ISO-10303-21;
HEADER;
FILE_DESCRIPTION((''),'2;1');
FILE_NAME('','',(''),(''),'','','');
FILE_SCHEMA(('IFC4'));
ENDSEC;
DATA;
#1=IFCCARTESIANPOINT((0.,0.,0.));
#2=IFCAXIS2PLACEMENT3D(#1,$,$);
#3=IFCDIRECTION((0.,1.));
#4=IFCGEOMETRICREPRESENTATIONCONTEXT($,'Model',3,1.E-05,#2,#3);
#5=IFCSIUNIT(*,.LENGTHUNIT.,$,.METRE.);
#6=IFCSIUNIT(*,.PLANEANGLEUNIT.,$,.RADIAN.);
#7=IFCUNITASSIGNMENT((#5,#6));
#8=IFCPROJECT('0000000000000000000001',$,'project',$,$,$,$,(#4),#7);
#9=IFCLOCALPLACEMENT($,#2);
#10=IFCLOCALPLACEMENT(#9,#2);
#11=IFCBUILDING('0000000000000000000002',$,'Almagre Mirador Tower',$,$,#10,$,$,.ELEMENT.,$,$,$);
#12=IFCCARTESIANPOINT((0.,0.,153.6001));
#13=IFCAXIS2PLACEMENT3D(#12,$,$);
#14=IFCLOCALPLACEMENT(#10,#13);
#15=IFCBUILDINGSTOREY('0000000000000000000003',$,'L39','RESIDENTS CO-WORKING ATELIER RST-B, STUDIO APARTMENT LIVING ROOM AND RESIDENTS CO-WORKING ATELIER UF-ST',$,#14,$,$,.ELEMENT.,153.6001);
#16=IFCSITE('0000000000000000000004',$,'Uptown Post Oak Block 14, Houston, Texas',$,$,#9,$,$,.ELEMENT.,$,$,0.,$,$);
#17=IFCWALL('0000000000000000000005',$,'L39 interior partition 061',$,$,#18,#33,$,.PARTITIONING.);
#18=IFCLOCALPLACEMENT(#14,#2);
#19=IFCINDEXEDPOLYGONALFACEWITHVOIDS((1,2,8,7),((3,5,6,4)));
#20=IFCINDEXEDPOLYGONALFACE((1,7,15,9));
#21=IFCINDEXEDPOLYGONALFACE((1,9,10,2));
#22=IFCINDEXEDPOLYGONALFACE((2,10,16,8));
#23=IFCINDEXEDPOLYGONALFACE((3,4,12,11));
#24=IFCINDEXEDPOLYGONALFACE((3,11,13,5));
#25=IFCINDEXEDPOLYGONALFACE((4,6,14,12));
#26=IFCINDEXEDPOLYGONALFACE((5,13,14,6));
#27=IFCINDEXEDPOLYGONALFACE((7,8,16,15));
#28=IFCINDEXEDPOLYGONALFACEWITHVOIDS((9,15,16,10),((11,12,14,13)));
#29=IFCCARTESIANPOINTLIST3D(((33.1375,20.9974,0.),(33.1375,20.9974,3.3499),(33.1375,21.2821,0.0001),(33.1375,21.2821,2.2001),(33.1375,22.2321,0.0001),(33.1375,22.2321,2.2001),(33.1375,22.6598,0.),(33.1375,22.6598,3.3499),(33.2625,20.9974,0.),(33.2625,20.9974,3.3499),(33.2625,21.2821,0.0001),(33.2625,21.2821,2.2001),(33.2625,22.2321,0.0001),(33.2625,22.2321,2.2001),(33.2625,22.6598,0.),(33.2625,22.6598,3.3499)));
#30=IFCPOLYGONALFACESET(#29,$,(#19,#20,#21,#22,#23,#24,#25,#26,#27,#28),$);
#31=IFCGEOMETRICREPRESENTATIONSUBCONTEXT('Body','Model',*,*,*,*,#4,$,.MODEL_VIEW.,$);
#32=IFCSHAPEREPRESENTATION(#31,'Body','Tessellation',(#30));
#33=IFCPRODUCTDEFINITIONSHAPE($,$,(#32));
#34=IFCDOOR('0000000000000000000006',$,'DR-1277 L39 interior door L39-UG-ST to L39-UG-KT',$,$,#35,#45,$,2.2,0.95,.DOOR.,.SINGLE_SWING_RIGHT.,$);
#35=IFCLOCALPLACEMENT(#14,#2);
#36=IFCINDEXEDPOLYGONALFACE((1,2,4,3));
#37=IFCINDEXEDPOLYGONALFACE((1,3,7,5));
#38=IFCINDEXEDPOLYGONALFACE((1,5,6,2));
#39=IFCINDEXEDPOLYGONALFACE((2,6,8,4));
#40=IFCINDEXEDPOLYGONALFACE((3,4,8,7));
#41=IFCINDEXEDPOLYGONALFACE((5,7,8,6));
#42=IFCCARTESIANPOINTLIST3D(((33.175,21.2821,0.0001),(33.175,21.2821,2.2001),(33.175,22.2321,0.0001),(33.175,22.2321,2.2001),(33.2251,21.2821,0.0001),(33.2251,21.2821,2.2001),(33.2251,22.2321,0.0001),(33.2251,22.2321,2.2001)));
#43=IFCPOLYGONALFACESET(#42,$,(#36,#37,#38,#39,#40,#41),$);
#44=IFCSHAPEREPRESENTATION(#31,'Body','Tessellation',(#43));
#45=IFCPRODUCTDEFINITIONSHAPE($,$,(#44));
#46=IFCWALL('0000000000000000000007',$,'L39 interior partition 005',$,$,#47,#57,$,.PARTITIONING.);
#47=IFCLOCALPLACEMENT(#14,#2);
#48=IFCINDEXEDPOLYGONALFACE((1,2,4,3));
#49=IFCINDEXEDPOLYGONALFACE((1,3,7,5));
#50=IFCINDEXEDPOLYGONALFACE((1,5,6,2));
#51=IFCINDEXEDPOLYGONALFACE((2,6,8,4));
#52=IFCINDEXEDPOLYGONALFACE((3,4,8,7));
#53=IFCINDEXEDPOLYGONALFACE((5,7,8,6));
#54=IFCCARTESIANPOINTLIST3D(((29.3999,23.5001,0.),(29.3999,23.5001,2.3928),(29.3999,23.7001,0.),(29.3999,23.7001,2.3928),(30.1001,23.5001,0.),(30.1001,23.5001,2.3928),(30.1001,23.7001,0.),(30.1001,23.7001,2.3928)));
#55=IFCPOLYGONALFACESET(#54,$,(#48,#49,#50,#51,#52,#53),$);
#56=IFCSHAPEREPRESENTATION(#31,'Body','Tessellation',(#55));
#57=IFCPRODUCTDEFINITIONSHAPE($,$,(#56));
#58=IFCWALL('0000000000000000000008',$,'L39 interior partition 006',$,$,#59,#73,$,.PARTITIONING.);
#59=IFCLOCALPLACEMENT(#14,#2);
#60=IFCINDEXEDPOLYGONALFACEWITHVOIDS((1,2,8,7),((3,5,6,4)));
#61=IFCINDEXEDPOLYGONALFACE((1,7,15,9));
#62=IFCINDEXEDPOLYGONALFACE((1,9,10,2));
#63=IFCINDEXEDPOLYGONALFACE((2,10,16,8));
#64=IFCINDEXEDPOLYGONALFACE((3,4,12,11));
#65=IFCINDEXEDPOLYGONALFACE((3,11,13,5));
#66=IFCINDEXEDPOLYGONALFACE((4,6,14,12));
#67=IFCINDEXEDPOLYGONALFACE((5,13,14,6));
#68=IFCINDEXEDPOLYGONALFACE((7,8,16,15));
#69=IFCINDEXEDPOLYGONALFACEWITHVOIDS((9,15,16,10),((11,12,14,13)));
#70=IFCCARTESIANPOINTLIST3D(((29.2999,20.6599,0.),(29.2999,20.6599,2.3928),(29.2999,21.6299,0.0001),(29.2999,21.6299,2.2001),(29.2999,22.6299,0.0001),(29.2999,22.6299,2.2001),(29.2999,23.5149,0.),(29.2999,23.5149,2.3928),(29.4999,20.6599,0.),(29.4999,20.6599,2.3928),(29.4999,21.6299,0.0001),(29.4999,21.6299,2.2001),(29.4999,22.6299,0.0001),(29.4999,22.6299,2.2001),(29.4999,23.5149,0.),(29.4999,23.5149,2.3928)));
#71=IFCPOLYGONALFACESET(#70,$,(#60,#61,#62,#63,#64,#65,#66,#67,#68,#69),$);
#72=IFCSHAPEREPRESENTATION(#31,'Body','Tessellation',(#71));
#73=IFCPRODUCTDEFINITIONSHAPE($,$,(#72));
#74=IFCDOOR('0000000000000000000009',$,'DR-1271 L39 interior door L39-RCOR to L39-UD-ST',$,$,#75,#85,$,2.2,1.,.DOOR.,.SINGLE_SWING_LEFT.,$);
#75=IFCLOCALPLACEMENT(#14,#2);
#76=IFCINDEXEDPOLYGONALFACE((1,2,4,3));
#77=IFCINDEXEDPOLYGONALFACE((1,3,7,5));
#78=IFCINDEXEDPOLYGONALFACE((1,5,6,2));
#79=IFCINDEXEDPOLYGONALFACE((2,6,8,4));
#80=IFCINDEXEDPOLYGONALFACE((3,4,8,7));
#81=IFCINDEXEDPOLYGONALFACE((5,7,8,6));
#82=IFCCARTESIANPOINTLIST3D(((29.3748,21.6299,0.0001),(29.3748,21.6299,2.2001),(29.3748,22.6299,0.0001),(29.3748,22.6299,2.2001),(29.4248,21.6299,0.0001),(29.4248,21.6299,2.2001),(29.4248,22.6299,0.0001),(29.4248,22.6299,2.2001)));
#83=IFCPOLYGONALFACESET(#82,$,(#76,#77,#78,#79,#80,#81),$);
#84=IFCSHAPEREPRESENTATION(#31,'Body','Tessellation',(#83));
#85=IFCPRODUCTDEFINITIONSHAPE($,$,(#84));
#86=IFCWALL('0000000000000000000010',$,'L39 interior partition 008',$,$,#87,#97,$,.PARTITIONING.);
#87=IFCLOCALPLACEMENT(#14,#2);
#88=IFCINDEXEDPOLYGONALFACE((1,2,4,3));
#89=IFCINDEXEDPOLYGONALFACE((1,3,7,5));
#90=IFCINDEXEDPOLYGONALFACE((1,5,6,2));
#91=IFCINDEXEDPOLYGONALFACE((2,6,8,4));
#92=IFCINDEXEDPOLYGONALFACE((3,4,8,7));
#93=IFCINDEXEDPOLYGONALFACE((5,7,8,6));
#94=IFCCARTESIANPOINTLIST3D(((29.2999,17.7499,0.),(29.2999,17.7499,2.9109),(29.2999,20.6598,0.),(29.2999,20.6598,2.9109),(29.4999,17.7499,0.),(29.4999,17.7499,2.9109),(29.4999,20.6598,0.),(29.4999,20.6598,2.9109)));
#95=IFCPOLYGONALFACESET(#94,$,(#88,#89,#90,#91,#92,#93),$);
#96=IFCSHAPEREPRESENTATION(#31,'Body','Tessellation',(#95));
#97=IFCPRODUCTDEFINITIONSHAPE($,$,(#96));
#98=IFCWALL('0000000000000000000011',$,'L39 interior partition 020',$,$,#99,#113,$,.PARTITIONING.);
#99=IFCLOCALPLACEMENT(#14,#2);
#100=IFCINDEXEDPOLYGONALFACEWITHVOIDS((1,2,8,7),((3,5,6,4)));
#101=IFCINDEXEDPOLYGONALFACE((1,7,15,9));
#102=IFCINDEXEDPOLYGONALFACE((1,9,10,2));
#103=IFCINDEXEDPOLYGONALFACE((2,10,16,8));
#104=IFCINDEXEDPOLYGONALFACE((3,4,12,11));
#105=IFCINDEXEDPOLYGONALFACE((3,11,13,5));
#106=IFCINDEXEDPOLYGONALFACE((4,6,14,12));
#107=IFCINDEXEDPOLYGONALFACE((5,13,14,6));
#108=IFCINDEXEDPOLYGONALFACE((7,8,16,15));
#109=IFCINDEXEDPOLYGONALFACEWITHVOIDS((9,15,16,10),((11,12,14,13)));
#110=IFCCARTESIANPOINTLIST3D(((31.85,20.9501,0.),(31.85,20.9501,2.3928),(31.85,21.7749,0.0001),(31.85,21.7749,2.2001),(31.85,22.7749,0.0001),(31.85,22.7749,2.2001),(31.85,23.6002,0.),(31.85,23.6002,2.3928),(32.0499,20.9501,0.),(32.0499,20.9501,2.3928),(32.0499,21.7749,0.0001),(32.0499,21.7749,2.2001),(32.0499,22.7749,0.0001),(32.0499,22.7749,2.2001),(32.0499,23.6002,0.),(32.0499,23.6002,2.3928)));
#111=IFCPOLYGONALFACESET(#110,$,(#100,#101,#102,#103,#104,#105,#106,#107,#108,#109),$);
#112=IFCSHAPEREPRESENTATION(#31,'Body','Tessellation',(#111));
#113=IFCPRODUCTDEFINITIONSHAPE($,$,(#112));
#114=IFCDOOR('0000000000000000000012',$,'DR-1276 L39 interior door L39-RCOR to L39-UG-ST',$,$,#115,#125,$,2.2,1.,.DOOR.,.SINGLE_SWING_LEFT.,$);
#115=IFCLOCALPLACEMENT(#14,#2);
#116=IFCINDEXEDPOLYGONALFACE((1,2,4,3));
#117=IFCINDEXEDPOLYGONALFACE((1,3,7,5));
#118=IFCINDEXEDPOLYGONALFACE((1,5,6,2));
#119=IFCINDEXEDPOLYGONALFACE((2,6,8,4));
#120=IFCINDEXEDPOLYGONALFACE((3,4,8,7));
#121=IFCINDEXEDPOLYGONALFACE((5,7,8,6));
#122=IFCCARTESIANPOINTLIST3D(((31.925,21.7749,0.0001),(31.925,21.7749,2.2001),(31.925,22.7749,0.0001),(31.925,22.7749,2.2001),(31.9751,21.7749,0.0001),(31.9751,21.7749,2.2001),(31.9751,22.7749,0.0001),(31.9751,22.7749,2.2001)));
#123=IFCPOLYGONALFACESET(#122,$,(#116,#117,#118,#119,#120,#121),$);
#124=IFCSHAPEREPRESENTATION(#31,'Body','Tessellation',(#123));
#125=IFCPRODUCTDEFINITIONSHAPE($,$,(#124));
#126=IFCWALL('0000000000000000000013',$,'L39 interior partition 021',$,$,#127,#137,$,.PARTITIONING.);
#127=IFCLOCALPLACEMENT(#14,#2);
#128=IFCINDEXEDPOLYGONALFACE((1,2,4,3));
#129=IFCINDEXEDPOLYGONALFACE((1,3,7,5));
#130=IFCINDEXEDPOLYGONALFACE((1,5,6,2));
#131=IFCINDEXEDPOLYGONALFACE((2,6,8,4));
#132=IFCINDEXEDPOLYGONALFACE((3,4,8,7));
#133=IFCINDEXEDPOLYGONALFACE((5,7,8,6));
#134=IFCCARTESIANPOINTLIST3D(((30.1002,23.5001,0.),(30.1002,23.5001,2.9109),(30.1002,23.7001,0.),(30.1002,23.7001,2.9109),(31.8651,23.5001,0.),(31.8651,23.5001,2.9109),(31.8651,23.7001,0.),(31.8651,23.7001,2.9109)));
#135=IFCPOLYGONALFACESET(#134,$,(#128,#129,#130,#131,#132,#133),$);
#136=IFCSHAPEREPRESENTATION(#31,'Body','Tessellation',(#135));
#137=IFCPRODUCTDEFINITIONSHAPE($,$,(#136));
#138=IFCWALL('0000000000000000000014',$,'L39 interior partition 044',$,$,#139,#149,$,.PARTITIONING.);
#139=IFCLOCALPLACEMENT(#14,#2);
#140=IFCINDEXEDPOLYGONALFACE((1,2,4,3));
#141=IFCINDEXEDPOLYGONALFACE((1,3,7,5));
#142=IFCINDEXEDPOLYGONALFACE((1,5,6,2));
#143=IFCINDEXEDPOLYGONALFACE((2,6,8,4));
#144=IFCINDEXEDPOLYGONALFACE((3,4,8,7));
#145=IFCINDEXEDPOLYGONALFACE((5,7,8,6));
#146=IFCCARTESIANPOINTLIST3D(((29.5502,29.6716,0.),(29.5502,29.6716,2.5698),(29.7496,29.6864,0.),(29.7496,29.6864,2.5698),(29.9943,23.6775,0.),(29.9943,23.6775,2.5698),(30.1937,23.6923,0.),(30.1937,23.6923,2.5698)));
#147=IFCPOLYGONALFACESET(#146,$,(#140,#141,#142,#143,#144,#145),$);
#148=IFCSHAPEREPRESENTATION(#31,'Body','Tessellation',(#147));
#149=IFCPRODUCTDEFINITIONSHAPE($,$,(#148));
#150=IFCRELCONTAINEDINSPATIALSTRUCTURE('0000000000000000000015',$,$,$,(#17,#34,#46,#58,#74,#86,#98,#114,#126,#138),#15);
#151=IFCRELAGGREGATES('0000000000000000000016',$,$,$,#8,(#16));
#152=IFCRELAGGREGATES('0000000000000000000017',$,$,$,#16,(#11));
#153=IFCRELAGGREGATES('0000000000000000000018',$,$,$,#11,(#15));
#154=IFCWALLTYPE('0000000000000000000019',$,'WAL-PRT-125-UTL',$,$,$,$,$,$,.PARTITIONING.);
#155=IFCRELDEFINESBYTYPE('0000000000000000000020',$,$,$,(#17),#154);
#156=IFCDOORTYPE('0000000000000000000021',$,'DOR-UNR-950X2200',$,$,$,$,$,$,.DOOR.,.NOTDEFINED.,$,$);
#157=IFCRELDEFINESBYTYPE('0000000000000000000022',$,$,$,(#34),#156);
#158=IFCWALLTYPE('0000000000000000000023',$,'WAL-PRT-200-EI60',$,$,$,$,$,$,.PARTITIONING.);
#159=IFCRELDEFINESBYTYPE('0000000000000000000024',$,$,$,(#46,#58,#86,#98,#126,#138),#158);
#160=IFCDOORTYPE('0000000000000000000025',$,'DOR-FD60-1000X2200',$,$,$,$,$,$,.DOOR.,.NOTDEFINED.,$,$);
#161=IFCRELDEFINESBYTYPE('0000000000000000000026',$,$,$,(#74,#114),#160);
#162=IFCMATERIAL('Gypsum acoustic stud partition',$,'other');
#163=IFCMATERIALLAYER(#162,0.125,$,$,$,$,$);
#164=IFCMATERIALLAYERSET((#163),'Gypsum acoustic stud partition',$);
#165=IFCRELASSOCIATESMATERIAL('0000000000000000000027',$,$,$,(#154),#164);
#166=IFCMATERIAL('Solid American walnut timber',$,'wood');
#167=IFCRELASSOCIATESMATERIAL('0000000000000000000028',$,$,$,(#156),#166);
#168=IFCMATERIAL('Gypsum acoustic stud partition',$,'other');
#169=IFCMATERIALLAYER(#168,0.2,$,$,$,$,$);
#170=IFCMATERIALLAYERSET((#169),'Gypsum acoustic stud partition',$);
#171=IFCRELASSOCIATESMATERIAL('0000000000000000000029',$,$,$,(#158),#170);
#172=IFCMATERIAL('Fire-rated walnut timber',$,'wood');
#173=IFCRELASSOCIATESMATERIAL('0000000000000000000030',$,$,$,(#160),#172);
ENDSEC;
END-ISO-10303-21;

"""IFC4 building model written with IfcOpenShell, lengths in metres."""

from ifc_helpers import new_model, si_unit, direction, frame, frame_2d, origin, place, context, subcontext, project, spatial, rectangle, extrude, material, layer, layer_set, type_object, element, fill, save


model = new_model("IFC4")

# Units and contexts
model_context = context("Model", 3, precision=1e-05, world=origin(), true_north=direction((0.0, 1.0)))
body_context = subcontext(model_context, "Body", "Model", "MODEL_VIEW")
ifc_project = project(units=[si_unit("LENGTHUNIT", "METRE"), si_unit("PLANEANGLEUNIT", "RADIAN")], contexts=[model_context])

# Site, building, storey
site_placement = place(None, origin())
site = spatial("IfcSite", under=ifc_project, at=site_placement, Name="Uptown Post Oak Block 14, Houston, Texas", CompositionType="ELEMENT", RefElevation=0.0)
building_placement = place(site_placement, origin())
building = spatial("IfcBuilding", under=site, at=building_placement, Name="Almagre Mirador Tower", CompositionType="ELEMENT")
storey_placement = place(building_placement, frame((0.0, 0.0, 153.6001)))
storey = spatial("IfcBuildingStorey", under=building, at=storey_placement, Name="L39", Description="RESIDENTS CO-WORKING ATELIER RST-B, STUDIO APARTMENT LIVING ROOM AND RESIDENTS CO-WORKING ATELIER UF-ST", CompositionType="ELEMENT", Elevation=153.6001)

# Shared definitions
ifc_material_1 = material(Name="Gypsum acoustic stud partition", Category="other")
ifc_layer_1 = layer(ifc_material_1, 0.125)
ifc_layer_set_1 = layer_set([ifc_layer_1], Name="Gypsum acoustic stud partition")
wall_type_1 = type_object("IfcWallType", Name="WAL-PRT-125-UTL", PredefinedType="PARTITIONING", material=ifc_layer_set_1)

# Wall, opening, door
wall_1_placement = place(storey_placement, frame((33.2, 20.9976, 0.0), z_axis=(0.0, 0.0, 1.0), x_axis=(0.0, 1.0, 0.0)))
wall_1 = element("IfcWall", 1, at=wall_1_placement, inside=storey, type_object=wall_type_1, Name="L39 interior partition 061", PredefinedType="PARTITIONING", context=body_context, shape_type="SweptSolid", body=[
    extrude(rectangle(XDim=1.6624, YDim=0.125, at=frame_2d((0.8311, 0.0))), origin(), (0.0, 0.0, 1.0), 3.3499),
])
opening_1_placement = place(wall_1_placement, frame((0.2844, 0.0, 0.0)))
opening_1 = element("IfcOpeningElement", 2, at=opening_1_placement, cuts=wall_1, PredefinedType="OPENING", context=body_context, shape_type="SweptSolid", body=[
    extrude(rectangle(XDim=0.95, YDim=2.2, at=frame_2d((0.4751, 1.1001))), frame((0.0, 0.0725, 0.0), z_axis=(0.0, -1.0, 0.0), x_axis=(1.0, 0.0, 0.0)), (0.0, 0.0, 1.0), 0.145),
])
ifc_material_2 = material(Name="Solid American walnut timber", Category="wood")
door_type_1 = type_object("IfcDoorType", Name="DOR-UNR-950X2200", OperationType="NOTDEFINED", PredefinedType="DOOR", material=ifc_material_2)
door_1_placement = place(opening_1_placement, origin())
door_1 = element("IfcDoor", 3, at=door_1_placement, inside=storey, type_object=door_type_1, Name="DR-1277 L39 interior door L39-UG-ST to L39-UG-KT", OperationType="SINGLE_SWING_RIGHT", OverallHeight=2.2, OverallWidth=0.95, PredefinedType="DOOR", context=body_context, shape_type="SweptSolid", body=[
    extrude(rectangle(XDim=0.95, YDim=2.2, at=frame_2d((0.4751, 1.1001))), frame((0.0, 0.0249, 0.0), z_axis=(0.0, -1.0, 0.0), x_axis=(1.0, 0.0, 0.0)), (0.0, 0.0, 1.0), 0.05),
])
fill(opening_1, door_1)

# Wall
ifc_material_3 = material(Name="Gypsum acoustic stud partition", Category="other")
ifc_layer_2 = layer(ifc_material_3, 0.2)
ifc_layer_set_2 = layer_set([ifc_layer_2], Name="Gypsum acoustic stud partition")
wall_type_2 = type_object("IfcWallType", Name="WAL-PRT-200-EI60", PredefinedType="PARTITIONING", material=ifc_layer_set_2)
wall_2_placement = place(storey_placement, frame((30.1001, 23.6001, 0.0), z_axis=(0.0, 0.0, 1.0), x_axis=(-1.0, 0.0, 0.0)))
element("IfcWall", 4, at=wall_2_placement, inside=storey, type_object=wall_type_2, Name="L39 interior partition 005", PredefinedType="PARTITIONING", context=body_context, shape_type="SweptSolid", body=[
    extrude(rectangle(XDim=0.7002, YDim=0.2, at=frame_2d((0.3501, 0.0))), origin(), (0.0, 0.0, 1.0), 2.3928),
])

# Wall, opening, door
wall_3_placement = place(storey_placement, frame((29.3999, 23.5149, 0.0), z_axis=(0.0, 0.0, 1.0), x_axis=(0.0, -1.0, 0.0)))
wall_3 = element("IfcWall", 5, at=wall_3_placement, inside=storey, type_object=wall_type_2, Name="L39 interior partition 006", PredefinedType="PARTITIONING", context=body_context, shape_type="SweptSolid", body=[
    extrude(rectangle(XDim=2.855, YDim=0.2, at=frame_2d((1.4275, 0.0))), origin(), (0.0, 0.0, 1.0), 2.3928),
])
opening_2_placement = place(wall_3_placement, frame((0.885, 0.0, 0.0)))
opening_2 = element("IfcOpeningElement", 6, at=opening_2_placement, cuts=wall_3, PredefinedType="OPENING", context=body_context, shape_type="SweptSolid", body=[
    extrude(rectangle(XDim=1.0, YDim=2.2, at=frame_2d((0.5, 1.1001))), frame((0.0, 0.1101, 0.0), z_axis=(0.0, -1.0, 0.0), x_axis=(1.0, 0.0, 0.0)), (0.0, 0.0, 1.0), 0.22),
])
ifc_material_4 = material(Name="Fire-rated walnut timber", Category="wood")
door_type_2 = type_object("IfcDoorType", Name="DOR-FD60-1000X2200", OperationType="NOTDEFINED", PredefinedType="DOOR", material=ifc_material_4)
door_2_placement = place(opening_2_placement, origin())
door_2 = element("IfcDoor", 7, at=door_2_placement, inside=storey, type_object=door_type_2, Name="DR-1271 L39 interior door L39-RCOR to L39-UD-ST", OperationType="SINGLE_SWING_LEFT", OverallHeight=2.2, OverallWidth=1.0, PredefinedType="DOOR", context=body_context, shape_type="SweptSolid", body=[
    extrude(rectangle(XDim=1.0, YDim=2.2, at=frame_2d((0.5, 1.1001))), frame((0.0, 0.0249, 0.0), z_axis=(0.0, -1.0, 0.0), x_axis=(1.0, 0.0, 0.0)), (0.0, 0.0, 1.0), 0.05),
])
fill(opening_2, door_2)

# Wall
wall_4_placement = place(storey_placement, frame((29.3999, 20.6599, 0.0), z_axis=(0.0, 0.0, 1.0), x_axis=(0.0, -1.0, 0.0)))
element("IfcWall", 8, at=wall_4_placement, inside=storey, type_object=wall_type_2, Name="L39 interior partition 008", PredefinedType="PARTITIONING", context=body_context, shape_type="SweptSolid", body=[
    extrude(rectangle(XDim=2.9099, YDim=0.2, at=frame_2d((1.4551, 0.0))), origin(), (0.0, 0.0, 1.0), 2.9109),
])

# Wall, opening, door
wall_5_placement = place(storey_placement, frame((31.95, 20.95, 0.0), z_axis=(0.0, 0.0, 1.0), x_axis=(0.0, 1.0, 0.0)))
wall_5 = element("IfcWall", 9, at=wall_5_placement, inside=storey, type_object=wall_type_2, Name="L39 interior partition 020", PredefinedType="PARTITIONING", context=body_context, shape_type="SweptSolid", body=[
    extrude(rectangle(XDim=2.6501, YDim=0.2, at=frame_2d((1.3252, 0.0))), origin(), (0.0, 0.0, 1.0), 2.3928),
])
opening_3_placement = place(wall_5_placement, frame((0.825, 0.0, 0.0)))
opening_3 = element("IfcOpeningElement", 10, at=opening_3_placement, cuts=wall_5, PredefinedType="OPENING", context=body_context, shape_type="SweptSolid", body=[
    extrude(rectangle(XDim=1.0, YDim=2.2, at=frame_2d((0.5, 1.1001))), frame((0.0, 0.1101, 0.0), z_axis=(0.0, -1.0, 0.0), x_axis=(1.0, 0.0, 0.0)), (0.0, 0.0, 1.0), 0.22),
])
door_3_placement = place(opening_3_placement, origin())
door_3 = element("IfcDoor", 11, at=door_3_placement, inside=storey, type_object=door_type_2, Name="DR-1276 L39 interior door L39-RCOR to L39-UG-ST", OperationType="SINGLE_SWING_LEFT", OverallHeight=2.2, OverallWidth=1.0, PredefinedType="DOOR", context=body_context, shape_type="SweptSolid", body=[
    extrude(rectangle(XDim=1.0, YDim=2.2, at=frame_2d((0.5, 1.1001))), frame((0.0, 0.0249, 0.0), z_axis=(0.0, -1.0, 0.0), x_axis=(1.0, 0.0, 0.0)), (0.0, 0.0, 1.0), 0.05),
])
fill(opening_3, door_3)

# Walls
wall_6_placement = place(storey_placement, frame((31.865, 23.6001, 0.0), z_axis=(0.0, 0.0, 1.0), x_axis=(-1.0, 0.0, 0.0)))
element("IfcWall", 12, at=wall_6_placement, inside=storey, type_object=wall_type_2, Name="L39 interior partition 021", PredefinedType="PARTITIONING", context=body_context, shape_type="SweptSolid", body=[
    extrude(rectangle(XDim=1.7649, YDim=0.2, at=frame_2d((0.8823, 0.0))), origin(), (0.0, 0.0, 1.0), 2.9109),
])
wall_7_placement = place(storey_placement, frame((30.094, 23.6848, 0.0), z_axis=(0.0, 0.0, 1.0), x_axis=(-0.073885, 0.997267, 0.0)))
element("IfcWall", 13, at=wall_7_placement, inside=storey, type_object=wall_type_2, Name="L39 interior partition 044", PredefinedType="PARTITIONING", context=body_context, shape_type="SweptSolid", body=[
    extrude(rectangle(XDim=6.0105, YDim=0.2, at=frame_2d((3.0054, 0.0))), origin(), (0.0, 0.0, 1.0), 2.5698),
])

save(model, "model.ifc")
